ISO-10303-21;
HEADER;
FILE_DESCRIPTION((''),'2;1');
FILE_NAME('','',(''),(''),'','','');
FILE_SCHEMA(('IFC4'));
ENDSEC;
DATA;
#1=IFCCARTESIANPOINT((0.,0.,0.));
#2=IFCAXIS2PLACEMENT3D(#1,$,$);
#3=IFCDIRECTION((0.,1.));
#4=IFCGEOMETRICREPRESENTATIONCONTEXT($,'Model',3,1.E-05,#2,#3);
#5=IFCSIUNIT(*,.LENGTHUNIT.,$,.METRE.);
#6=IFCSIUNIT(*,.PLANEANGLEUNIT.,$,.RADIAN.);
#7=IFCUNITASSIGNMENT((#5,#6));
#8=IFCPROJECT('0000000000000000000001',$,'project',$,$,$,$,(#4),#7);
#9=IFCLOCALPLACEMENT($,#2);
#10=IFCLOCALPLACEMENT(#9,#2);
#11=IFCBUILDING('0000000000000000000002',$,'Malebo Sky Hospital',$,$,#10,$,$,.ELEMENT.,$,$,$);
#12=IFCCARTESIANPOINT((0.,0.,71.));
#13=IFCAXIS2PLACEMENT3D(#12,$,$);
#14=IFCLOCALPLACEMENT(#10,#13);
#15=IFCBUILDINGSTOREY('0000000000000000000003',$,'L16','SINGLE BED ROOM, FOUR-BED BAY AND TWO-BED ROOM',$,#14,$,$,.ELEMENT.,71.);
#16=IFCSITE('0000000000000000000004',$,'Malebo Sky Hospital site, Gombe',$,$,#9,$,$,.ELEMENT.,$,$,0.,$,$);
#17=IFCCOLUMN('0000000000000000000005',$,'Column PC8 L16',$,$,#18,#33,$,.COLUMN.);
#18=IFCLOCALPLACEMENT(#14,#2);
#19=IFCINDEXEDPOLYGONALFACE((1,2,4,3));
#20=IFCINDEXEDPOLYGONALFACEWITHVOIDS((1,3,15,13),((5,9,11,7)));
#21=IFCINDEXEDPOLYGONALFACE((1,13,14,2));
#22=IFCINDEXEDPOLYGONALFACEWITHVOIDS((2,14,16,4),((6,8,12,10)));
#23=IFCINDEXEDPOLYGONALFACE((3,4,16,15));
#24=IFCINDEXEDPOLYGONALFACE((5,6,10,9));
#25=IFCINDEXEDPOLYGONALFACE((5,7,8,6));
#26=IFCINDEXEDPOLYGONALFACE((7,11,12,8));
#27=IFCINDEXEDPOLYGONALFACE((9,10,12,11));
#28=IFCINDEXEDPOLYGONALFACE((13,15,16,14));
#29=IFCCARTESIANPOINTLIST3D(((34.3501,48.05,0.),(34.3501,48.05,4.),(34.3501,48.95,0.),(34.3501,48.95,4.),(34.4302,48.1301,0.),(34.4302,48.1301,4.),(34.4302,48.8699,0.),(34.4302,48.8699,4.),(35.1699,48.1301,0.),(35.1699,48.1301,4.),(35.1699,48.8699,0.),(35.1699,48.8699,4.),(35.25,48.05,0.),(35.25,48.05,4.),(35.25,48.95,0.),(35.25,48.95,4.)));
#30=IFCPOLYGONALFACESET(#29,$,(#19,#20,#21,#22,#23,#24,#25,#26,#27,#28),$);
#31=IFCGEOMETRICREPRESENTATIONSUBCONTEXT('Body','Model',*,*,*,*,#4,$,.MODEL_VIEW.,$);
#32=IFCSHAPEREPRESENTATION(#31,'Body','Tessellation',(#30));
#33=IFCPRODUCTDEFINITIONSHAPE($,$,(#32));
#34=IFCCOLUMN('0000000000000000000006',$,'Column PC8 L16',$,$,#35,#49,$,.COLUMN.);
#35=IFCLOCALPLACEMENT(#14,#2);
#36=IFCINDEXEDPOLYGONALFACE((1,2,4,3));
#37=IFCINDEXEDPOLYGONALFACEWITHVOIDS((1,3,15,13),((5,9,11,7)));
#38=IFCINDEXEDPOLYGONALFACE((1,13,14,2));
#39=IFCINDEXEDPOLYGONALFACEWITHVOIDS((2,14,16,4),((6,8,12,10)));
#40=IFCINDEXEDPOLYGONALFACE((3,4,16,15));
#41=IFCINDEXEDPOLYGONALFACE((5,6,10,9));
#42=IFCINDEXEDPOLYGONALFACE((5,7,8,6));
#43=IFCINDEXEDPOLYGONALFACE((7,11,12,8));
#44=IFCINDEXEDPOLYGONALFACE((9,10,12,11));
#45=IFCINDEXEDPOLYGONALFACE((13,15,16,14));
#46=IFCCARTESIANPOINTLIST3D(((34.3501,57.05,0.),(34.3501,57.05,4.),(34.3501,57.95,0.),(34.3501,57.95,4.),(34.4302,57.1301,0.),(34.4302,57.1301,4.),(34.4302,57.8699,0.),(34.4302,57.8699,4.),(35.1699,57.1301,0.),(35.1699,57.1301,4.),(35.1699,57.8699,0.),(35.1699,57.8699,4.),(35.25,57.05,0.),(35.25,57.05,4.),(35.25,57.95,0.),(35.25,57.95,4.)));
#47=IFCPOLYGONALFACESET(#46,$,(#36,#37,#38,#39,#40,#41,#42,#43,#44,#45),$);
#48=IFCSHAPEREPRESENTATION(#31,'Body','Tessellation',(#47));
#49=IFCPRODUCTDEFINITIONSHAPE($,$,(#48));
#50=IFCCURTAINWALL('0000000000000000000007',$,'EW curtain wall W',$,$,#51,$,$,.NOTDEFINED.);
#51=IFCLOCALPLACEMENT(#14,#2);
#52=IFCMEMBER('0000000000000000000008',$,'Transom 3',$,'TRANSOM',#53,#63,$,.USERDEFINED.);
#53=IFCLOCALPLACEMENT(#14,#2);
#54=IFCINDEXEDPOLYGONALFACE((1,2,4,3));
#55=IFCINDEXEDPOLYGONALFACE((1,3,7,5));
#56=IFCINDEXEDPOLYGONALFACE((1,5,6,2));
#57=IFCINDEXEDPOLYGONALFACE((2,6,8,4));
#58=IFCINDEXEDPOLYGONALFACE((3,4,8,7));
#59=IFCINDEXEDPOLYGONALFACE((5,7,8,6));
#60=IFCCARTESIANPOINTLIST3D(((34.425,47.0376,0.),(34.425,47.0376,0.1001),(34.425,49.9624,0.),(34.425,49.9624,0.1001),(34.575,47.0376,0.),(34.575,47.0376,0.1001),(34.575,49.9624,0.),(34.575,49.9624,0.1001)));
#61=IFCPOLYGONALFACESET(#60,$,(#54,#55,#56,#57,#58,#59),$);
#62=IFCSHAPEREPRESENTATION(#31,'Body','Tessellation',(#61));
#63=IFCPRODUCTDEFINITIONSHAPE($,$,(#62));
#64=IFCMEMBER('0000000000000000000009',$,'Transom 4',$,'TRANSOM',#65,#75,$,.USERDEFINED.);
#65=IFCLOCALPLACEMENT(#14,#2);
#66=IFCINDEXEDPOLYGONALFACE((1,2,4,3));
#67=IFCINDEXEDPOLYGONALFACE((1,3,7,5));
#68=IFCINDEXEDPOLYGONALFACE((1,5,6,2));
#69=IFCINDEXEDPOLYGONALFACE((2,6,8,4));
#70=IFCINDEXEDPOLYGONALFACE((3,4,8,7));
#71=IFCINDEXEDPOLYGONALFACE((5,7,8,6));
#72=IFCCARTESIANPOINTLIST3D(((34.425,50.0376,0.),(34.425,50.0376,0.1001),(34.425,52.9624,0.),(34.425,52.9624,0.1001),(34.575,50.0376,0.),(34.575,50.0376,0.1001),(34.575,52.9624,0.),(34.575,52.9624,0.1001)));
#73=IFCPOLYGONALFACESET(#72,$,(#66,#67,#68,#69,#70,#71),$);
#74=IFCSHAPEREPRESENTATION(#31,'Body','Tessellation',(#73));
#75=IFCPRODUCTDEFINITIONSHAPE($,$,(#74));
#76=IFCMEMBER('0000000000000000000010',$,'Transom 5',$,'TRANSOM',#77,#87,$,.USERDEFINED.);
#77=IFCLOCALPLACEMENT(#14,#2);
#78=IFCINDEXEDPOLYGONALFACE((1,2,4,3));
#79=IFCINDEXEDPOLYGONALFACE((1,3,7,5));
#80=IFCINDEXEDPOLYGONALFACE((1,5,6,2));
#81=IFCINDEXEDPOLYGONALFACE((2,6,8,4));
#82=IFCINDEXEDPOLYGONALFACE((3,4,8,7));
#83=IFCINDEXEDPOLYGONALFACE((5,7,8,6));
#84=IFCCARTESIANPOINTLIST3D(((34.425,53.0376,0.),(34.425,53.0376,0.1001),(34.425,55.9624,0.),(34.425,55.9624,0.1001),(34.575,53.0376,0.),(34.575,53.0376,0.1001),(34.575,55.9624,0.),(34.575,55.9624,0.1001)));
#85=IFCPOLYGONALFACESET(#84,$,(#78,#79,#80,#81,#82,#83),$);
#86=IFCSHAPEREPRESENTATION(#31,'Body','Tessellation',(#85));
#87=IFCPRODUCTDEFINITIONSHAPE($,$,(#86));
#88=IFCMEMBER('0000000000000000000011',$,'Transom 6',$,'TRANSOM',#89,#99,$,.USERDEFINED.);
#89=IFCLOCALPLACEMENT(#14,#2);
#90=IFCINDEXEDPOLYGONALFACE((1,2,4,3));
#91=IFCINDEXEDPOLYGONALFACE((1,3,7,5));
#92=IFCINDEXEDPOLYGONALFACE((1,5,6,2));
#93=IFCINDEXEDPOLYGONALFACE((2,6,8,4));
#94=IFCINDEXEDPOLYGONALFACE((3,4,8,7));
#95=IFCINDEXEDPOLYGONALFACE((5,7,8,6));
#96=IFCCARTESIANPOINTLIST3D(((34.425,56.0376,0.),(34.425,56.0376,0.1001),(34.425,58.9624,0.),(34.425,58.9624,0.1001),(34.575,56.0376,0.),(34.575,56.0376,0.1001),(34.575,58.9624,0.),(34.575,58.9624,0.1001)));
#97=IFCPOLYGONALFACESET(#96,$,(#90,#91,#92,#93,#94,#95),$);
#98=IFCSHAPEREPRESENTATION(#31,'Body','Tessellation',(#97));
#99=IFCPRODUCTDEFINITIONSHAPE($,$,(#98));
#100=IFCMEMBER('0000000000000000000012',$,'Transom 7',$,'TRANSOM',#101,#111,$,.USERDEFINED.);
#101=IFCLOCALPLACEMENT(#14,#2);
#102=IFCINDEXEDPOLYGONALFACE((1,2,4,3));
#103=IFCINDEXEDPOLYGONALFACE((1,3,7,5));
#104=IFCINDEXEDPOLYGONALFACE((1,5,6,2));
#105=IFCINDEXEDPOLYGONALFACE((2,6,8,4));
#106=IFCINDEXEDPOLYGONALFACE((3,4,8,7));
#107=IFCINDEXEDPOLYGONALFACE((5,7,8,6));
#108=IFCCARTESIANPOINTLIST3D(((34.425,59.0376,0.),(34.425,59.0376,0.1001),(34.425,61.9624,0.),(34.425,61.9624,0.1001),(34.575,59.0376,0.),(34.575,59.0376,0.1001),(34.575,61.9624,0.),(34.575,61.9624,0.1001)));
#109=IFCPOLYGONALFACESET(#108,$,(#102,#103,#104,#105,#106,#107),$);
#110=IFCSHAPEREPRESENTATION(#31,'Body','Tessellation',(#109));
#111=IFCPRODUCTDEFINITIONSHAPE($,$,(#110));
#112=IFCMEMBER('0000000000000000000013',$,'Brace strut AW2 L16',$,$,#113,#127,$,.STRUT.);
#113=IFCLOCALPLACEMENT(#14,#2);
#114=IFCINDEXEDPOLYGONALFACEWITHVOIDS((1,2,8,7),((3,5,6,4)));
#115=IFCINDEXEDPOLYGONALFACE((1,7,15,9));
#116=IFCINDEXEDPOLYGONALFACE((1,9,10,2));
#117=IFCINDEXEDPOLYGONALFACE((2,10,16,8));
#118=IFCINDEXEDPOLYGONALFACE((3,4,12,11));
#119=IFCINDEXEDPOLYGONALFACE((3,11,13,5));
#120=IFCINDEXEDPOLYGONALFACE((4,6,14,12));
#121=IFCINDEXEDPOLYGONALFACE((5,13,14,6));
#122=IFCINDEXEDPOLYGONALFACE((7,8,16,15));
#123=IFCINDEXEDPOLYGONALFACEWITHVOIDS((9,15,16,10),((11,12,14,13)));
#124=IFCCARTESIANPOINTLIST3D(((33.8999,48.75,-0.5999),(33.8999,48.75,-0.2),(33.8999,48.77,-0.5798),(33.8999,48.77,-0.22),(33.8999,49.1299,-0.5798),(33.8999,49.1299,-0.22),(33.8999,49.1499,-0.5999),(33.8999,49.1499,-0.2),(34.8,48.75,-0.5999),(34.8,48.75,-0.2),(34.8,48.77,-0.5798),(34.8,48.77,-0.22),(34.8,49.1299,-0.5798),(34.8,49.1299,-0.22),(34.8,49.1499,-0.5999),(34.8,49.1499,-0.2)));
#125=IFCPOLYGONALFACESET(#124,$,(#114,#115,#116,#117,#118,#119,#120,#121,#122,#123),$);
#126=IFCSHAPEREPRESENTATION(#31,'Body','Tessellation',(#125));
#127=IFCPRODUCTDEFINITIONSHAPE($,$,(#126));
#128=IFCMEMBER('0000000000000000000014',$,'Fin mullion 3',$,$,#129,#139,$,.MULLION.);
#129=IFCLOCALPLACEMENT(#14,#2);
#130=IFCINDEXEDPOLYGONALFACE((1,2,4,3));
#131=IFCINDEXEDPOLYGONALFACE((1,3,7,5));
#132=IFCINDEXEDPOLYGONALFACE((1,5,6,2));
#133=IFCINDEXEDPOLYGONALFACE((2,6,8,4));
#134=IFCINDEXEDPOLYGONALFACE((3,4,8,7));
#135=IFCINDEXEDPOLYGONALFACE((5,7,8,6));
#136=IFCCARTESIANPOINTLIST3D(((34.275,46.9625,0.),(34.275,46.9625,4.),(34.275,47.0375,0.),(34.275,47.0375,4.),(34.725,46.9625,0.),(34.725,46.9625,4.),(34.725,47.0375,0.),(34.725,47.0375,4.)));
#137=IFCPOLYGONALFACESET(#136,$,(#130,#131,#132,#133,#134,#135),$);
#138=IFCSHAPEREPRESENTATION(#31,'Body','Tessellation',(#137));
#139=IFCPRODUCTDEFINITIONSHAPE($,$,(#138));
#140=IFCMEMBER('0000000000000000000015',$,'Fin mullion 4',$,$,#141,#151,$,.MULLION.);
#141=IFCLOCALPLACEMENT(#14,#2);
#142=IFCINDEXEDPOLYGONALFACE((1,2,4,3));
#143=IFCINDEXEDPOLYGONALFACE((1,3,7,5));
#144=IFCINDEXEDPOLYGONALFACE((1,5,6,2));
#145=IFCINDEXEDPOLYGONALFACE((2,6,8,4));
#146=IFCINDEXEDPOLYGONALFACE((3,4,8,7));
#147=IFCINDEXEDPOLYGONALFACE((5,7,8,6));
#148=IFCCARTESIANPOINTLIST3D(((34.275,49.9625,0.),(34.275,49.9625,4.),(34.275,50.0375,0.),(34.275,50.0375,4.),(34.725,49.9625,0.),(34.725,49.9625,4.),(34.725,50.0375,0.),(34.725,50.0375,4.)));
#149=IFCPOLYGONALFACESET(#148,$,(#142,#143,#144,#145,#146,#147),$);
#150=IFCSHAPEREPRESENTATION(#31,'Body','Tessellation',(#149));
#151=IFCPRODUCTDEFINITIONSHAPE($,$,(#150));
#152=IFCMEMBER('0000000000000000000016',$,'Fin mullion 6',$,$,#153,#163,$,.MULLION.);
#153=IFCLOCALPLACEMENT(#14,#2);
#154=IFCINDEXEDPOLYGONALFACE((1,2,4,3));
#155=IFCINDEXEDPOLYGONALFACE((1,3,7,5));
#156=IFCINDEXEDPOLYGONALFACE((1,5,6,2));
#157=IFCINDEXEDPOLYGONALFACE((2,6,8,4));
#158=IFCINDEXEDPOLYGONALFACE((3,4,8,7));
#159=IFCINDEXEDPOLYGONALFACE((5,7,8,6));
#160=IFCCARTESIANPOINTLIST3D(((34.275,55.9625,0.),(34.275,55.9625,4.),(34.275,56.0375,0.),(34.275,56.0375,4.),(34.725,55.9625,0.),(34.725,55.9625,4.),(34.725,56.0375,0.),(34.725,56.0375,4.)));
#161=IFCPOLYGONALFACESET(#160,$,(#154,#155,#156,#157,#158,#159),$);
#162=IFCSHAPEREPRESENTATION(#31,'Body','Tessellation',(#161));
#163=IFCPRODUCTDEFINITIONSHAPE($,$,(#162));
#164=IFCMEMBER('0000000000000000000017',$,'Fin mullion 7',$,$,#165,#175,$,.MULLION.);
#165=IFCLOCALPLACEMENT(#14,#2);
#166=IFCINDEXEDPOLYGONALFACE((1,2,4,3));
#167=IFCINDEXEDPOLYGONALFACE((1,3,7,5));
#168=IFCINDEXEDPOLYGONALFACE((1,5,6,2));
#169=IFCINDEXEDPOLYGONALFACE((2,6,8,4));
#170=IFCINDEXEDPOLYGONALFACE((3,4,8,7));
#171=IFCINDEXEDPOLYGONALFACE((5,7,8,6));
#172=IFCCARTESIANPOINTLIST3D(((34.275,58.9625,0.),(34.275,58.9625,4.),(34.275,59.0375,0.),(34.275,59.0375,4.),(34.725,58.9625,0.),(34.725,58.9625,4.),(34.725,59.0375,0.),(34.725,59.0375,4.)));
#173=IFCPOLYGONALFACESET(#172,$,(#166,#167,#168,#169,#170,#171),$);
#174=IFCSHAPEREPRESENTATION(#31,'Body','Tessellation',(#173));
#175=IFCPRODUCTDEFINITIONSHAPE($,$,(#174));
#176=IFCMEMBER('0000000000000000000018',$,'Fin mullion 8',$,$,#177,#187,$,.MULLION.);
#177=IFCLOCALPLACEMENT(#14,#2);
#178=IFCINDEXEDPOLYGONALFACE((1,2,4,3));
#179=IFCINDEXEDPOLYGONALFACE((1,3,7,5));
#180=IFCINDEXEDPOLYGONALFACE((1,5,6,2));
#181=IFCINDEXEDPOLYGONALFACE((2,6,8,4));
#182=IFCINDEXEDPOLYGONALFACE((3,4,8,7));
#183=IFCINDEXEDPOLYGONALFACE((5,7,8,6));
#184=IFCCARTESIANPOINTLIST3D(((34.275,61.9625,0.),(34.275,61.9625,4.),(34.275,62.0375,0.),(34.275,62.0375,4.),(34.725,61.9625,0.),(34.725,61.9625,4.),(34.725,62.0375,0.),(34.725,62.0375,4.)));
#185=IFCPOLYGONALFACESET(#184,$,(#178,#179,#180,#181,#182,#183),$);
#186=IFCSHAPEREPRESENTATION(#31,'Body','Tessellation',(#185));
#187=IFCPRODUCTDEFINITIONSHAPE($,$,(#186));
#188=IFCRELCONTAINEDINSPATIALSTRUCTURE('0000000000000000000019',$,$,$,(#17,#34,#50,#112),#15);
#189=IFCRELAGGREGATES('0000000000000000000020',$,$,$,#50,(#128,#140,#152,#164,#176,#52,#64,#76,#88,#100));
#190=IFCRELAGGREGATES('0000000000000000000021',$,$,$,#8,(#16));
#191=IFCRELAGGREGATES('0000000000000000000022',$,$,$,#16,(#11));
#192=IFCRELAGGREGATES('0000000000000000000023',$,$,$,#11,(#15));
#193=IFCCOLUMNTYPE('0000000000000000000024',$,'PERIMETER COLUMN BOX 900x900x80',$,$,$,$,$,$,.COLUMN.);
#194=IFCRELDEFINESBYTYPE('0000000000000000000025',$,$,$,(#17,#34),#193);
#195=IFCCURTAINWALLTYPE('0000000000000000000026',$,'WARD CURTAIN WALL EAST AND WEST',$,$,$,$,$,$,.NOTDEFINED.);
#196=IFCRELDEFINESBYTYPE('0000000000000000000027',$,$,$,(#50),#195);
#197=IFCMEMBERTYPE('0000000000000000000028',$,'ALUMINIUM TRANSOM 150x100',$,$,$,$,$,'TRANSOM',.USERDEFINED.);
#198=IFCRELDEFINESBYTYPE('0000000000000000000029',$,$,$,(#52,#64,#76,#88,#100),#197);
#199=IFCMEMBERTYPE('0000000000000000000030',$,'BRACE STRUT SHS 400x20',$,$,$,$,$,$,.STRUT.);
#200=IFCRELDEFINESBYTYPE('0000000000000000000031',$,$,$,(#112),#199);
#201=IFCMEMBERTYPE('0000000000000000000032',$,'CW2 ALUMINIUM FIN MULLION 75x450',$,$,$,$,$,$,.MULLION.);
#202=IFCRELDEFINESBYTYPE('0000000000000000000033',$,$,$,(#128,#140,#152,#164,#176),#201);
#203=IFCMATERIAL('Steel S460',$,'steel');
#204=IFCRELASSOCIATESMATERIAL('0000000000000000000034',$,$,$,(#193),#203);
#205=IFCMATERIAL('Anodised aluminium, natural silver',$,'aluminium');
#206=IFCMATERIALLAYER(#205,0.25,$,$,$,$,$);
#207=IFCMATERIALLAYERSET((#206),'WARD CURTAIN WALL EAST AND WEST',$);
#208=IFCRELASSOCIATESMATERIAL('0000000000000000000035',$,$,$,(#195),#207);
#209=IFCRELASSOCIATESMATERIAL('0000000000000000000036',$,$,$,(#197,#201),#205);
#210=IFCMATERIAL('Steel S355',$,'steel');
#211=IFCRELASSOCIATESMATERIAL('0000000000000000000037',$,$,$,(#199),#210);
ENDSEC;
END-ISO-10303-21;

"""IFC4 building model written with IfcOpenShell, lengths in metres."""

from ifc_helpers import new_model, si_unit, direction, frame, origin, origin_2d, place, context, subcontext, project, spatial, rectangle, hollow_rectangle, extrude, material, layer, layer_set, material_profile, profile_set, type_object, element, aggregate, save


model = new_model("IFC4")

# Units and contexts
model_context = context("Model", 3, precision=1e-05, world=origin(), true_north=direction((0.0, 1.0)))
body_context = subcontext(model_context, "Body", "Model", "MODEL_VIEW")
ifc_project = project(units=[si_unit("LENGTHUNIT", "METRE"), si_unit("PLANEANGLEUNIT", "RADIAN")], contexts=[model_context])

# Site, building, storey
site_placement = place(None, origin())
site = spatial("IfcSite", under=ifc_project, at=site_placement, Name="Malebo Sky Hospital site, Gombe", CompositionType="ELEMENT", RefElevation=0.0)
building_placement = place(site_placement, origin())
building = spatial("IfcBuilding", under=site, at=building_placement, Name="Malebo Sky Hospital", CompositionType="ELEMENT")
storey_placement = place(building_placement, frame((0.0, 0.0, 71.0)))
storey = spatial("IfcBuildingStorey", under=building, at=storey_placement, Name="L16", Description="SINGLE BED ROOM, FOUR-BED BAY AND TWO-BED ROOM", CompositionType="ELEMENT", Elevation=71.0)

# Columns
ifc_material_1 = material(Name="Steel S460", Category="steel")
ifc_material_profile_1 = material_profile(ifc_material_1, hollow_rectangle(XDim=0.8999, YDim=0.8999, WallThickness=0.0801, at=origin_2d()), Name="BOX 900x900x80")
ifc_profile_set_1 = profile_set([ifc_material_profile_1], Name="Steel S460")
column_type = type_object("IfcColumnType", Name="PERIMETER COLUMN BOX 900x900x80", PredefinedType="COLUMN", material=ifc_profile_set_1)
for number, where, z_axis, x_axis, name in (
    (1, (34.8, 48.5, 0.0), (0.0, 0.0, 1.0), (1.0, 0.0, 0.0), "Column PC8 L16"),
    (2, (34.8, 57.5, 0.0), (0.0, 0.0, 1.0), (1.0, 0.0, 0.0), "Column PC8 L16"),
):
    element("IfcColumn", number, at=place(storey_placement, frame(where, z_axis=z_axis, x_axis=x_axis)), inside=storey, type_object=column_type, Name=name, PredefinedType="COLUMN", context=body_context, shape_type="SweptSolid", body=[
        extrude(hollow_rectangle(XDim=0.8999, YDim=0.8999, WallThickness=0.0801, at=origin_2d()), origin(), (0.0, 0.0, 1.0), 4.0),
    ])

# Curtain wall, members
ifc_material_2 = material(Name="Anodised aluminium, natural silver", Category="aluminium")
ifc_layer_1 = layer(ifc_material_2, 0.25)
ifc_layer_set_1 = layer_set([ifc_layer_1], Name="WARD CURTAIN WALL EAST AND WEST")
curtain_wall_type = type_object("IfcCurtainWallType", Name="WARD CURTAIN WALL EAST AND WEST", PredefinedType="NOTDEFINED", material=ifc_layer_set_1)
curtain_wall_placement = place(storey_placement, origin())
curtain_wall = element("IfcCurtainWall", 3, at=curtain_wall_placement, inside=storey, type_object=curtain_wall_type, Name="EW curtain wall W", PredefinedType="NOTDEFINED")
ifc_material_profile_2 = material_profile(ifc_material_2, rectangle(XDim=0.1499, YDim=0.1001, at=origin_2d()), Name="ALUMINIUM TRANSOM 150x100")
ifc_profile_set_2 = profile_set([ifc_material_profile_2], Name="Anodised aluminium, natural silver")
member_type_1 = type_object("IfcMemberType", Name="ALUMINIUM TRANSOM 150x100", ElementType="TRANSOM", PredefinedType="USERDEFINED", material=ifc_profile_set_2)
member_1_placement = place(storey_placement, frame((34.5, 47.0376, 0.05), z_axis=(0.0, 1.0, 0.0), x_axis=(-1.0, 0.0, 0.0)))
member_1 = element("IfcMember", 4, at=member_1_placement, type_object=member_type_1, Name="Transom 3", ObjectType="TRANSOM", PredefinedType="USERDEFINED", context=body_context, shape_type="SweptSolid", body=[
    extrude(rectangle(XDim=0.1499, YDim=0.1001, at=origin_2d()), origin(), (0.0, 0.0, 1.0), 2.9248),
])
member_2_placement = place(storey_placement, frame((34.5, 50.0376, 0.05), z_axis=(0.0, 1.0, 0.0), x_axis=(-1.0, 0.0, 0.0)))
member_2 = element("IfcMember", 5, at=member_2_placement, type_object=member_type_1, Name="Transom 4", ObjectType="TRANSOM", PredefinedType="USERDEFINED", context=body_context, shape_type="SweptSolid", body=[
    extrude(rectangle(XDim=0.1499, YDim=0.1001, at=origin_2d()), origin(), (0.0, 0.0, 1.0), 2.9248),
])
member_3_placement = place(storey_placement, frame((34.5, 53.0376, 0.05), z_axis=(0.0, 1.0, 0.0), x_axis=(-1.0, 0.0, 0.0)))
member_3 = element("IfcMember", 6, at=member_3_placement, type_object=member_type_1, Name="Transom 5", ObjectType="TRANSOM", PredefinedType="USERDEFINED", context=body_context, shape_type="SweptSolid", body=[
    extrude(rectangle(XDim=0.1499, YDim=0.1001, at=origin_2d()), origin(), (0.0, 0.0, 1.0), 2.9248),
])
member_4_placement = place(storey_placement, frame((34.5, 56.0376, 0.05), z_axis=(0.0, 1.0, 0.0), x_axis=(-1.0, 0.0, 0.0)))
member_4 = element("IfcMember", 7, at=member_4_placement, type_object=member_type_1, Name="Transom 6", ObjectType="TRANSOM", PredefinedType="USERDEFINED", context=body_context, shape_type="SweptSolid", body=[
    extrude(rectangle(XDim=0.1499, YDim=0.1001, at=origin_2d()), origin(), (0.0, 0.0, 1.0), 2.9248),
])
member_5_placement = place(storey_placement, frame((34.5, 59.0376, 0.05), z_axis=(0.0, 1.0, 0.0), x_axis=(-1.0, 0.0, 0.0)))
member_5 = element("IfcMember", 8, at=member_5_placement, type_object=member_type_1, Name="Transom 7", ObjectType="TRANSOM", PredefinedType="USERDEFINED", context=body_context, shape_type="SweptSolid", body=[
    extrude(rectangle(XDim=0.1499, YDim=0.1001, at=origin_2d()), origin(), (0.0, 0.0, 1.0), 2.9248),
])

# Members
ifc_material_3 = material(Name="Steel S355", Category="steel")
ifc_material_profile_3 = material_profile(ifc_material_3, hollow_rectangle(XDim=0.3999, YDim=0.3999, WallThickness=0.02, at=origin_2d()), Name="SHS 400x20")
ifc_profile_set_3 = profile_set([ifc_material_profile_3], Name="Steel S355")
member_type_2 = type_object("IfcMemberType", Name="BRACE STRUT SHS 400x20", PredefinedType="STRUT", material=ifc_profile_set_3)
member_6_placement = place(storey_placement, frame((33.8999, 48.95, -0.3999), z_axis=(1.0, 0.0, 0.0), x_axis=(0.0, 1.0, 0.0)))
element("IfcMember", 9, at=member_6_placement, inside=storey, type_object=member_type_2, Name="Brace strut AW2 L16", PredefinedType="STRUT", context=body_context, shape_type="SweptSolid", body=[
    extrude(hollow_rectangle(XDim=0.3999, YDim=0.3999, WallThickness=0.02, at=origin_2d()), origin(), (0.0, 0.0, 1.0), 0.9001),
])
ifc_material_profile_4 = material_profile(ifc_material_2, rectangle(XDim=0.075, YDim=0.45, at=origin_2d()), Name="CW2 ALUMINIUM FIN MULLION 75x450")
ifc_profile_set_4 = profile_set([ifc_material_profile_4], Name="Anodised aluminium, natural silver")
member_type_3 = type_object("IfcMemberType", Name="CW2 ALUMINIUM FIN MULLION 75x450", PredefinedType="MULLION", material=ifc_profile_set_4)
member_7_placement = place(storey_placement, frame((34.5, 47.0, 0.0), z_axis=(0.0, 0.0, 1.0), x_axis=(0.0, 1.0, 0.0)))
member_7 = element("IfcMember", 10, at=member_7_placement, type_object=member_type_3, Name="Fin mullion 3", PredefinedType="MULLION", context=body_context, shape_type="SweptSolid", body=[
    extrude(rectangle(XDim=0.075, YDim=0.45, at=origin_2d()), origin(), (0.0, 0.0, 1.0), 4.0),
])
member_8_placement = place(storey_placement, frame((34.5, 50.0, 0.0), z_axis=(0.0, 0.0, 1.0), x_axis=(0.0, 1.0, 0.0)))
member_8 = element("IfcMember", 11, at=member_8_placement, type_object=member_type_3, Name="Fin mullion 4", PredefinedType="MULLION", context=body_context, shape_type="SweptSolid", body=[
    extrude(rectangle(XDim=0.075, YDim=0.45, at=origin_2d()), origin(), (0.0, 0.0, 1.0), 4.0),
])
member_9_placement = place(storey_placement, frame((34.5, 56.0, 0.0), z_axis=(0.0, 0.0, 1.0), x_axis=(0.0, 1.0, 0.0)))
member_9 = element("IfcMember", 12, at=member_9_placement, type_object=member_type_3, Name="Fin mullion 6", PredefinedType="MULLION", context=body_context, shape_type="SweptSolid", body=[
    extrude(rectangle(XDim=0.075, YDim=0.45, at=origin_2d()), origin(), (0.0, 0.0, 1.0), 4.0),
])
member_10_placement = place(storey_placement, frame((34.5, 59.0, 0.0), z_axis=(0.0, 0.0, 1.0), x_axis=(0.0, 1.0, 0.0)))
member_10 = element("IfcMember", 13, at=member_10_placement, type_object=member_type_3, Name="Fin mullion 7", PredefinedType="MULLION", context=body_context, shape_type="SweptSolid", body=[
    extrude(rectangle(XDim=0.075, YDim=0.45, at=origin_2d()), origin(), (0.0, 0.0, 1.0), 4.0),
])
member_11_placement = place(storey_placement, frame((34.5, 62.0, 0.0), z_axis=(0.0, 0.0, 1.0), x_axis=(0.0, 1.0, 0.0)))
member_11 = element("IfcMember", 14, at=member_11_placement, type_object=member_type_3, Name="Fin mullion 8", PredefinedType="MULLION", context=body_context, shape_type="SweptSolid", body=[
    extrude(rectangle(XDim=0.075, YDim=0.45, at=origin_2d()), origin(), (0.0, 0.0, 1.0), 4.0),
])

aggregate(curtain_wall, [member_7, member_8, member_9, member_10, member_11, member_1, member_2, member_3, member_4, member_5])

save(model, "model.ifc")
